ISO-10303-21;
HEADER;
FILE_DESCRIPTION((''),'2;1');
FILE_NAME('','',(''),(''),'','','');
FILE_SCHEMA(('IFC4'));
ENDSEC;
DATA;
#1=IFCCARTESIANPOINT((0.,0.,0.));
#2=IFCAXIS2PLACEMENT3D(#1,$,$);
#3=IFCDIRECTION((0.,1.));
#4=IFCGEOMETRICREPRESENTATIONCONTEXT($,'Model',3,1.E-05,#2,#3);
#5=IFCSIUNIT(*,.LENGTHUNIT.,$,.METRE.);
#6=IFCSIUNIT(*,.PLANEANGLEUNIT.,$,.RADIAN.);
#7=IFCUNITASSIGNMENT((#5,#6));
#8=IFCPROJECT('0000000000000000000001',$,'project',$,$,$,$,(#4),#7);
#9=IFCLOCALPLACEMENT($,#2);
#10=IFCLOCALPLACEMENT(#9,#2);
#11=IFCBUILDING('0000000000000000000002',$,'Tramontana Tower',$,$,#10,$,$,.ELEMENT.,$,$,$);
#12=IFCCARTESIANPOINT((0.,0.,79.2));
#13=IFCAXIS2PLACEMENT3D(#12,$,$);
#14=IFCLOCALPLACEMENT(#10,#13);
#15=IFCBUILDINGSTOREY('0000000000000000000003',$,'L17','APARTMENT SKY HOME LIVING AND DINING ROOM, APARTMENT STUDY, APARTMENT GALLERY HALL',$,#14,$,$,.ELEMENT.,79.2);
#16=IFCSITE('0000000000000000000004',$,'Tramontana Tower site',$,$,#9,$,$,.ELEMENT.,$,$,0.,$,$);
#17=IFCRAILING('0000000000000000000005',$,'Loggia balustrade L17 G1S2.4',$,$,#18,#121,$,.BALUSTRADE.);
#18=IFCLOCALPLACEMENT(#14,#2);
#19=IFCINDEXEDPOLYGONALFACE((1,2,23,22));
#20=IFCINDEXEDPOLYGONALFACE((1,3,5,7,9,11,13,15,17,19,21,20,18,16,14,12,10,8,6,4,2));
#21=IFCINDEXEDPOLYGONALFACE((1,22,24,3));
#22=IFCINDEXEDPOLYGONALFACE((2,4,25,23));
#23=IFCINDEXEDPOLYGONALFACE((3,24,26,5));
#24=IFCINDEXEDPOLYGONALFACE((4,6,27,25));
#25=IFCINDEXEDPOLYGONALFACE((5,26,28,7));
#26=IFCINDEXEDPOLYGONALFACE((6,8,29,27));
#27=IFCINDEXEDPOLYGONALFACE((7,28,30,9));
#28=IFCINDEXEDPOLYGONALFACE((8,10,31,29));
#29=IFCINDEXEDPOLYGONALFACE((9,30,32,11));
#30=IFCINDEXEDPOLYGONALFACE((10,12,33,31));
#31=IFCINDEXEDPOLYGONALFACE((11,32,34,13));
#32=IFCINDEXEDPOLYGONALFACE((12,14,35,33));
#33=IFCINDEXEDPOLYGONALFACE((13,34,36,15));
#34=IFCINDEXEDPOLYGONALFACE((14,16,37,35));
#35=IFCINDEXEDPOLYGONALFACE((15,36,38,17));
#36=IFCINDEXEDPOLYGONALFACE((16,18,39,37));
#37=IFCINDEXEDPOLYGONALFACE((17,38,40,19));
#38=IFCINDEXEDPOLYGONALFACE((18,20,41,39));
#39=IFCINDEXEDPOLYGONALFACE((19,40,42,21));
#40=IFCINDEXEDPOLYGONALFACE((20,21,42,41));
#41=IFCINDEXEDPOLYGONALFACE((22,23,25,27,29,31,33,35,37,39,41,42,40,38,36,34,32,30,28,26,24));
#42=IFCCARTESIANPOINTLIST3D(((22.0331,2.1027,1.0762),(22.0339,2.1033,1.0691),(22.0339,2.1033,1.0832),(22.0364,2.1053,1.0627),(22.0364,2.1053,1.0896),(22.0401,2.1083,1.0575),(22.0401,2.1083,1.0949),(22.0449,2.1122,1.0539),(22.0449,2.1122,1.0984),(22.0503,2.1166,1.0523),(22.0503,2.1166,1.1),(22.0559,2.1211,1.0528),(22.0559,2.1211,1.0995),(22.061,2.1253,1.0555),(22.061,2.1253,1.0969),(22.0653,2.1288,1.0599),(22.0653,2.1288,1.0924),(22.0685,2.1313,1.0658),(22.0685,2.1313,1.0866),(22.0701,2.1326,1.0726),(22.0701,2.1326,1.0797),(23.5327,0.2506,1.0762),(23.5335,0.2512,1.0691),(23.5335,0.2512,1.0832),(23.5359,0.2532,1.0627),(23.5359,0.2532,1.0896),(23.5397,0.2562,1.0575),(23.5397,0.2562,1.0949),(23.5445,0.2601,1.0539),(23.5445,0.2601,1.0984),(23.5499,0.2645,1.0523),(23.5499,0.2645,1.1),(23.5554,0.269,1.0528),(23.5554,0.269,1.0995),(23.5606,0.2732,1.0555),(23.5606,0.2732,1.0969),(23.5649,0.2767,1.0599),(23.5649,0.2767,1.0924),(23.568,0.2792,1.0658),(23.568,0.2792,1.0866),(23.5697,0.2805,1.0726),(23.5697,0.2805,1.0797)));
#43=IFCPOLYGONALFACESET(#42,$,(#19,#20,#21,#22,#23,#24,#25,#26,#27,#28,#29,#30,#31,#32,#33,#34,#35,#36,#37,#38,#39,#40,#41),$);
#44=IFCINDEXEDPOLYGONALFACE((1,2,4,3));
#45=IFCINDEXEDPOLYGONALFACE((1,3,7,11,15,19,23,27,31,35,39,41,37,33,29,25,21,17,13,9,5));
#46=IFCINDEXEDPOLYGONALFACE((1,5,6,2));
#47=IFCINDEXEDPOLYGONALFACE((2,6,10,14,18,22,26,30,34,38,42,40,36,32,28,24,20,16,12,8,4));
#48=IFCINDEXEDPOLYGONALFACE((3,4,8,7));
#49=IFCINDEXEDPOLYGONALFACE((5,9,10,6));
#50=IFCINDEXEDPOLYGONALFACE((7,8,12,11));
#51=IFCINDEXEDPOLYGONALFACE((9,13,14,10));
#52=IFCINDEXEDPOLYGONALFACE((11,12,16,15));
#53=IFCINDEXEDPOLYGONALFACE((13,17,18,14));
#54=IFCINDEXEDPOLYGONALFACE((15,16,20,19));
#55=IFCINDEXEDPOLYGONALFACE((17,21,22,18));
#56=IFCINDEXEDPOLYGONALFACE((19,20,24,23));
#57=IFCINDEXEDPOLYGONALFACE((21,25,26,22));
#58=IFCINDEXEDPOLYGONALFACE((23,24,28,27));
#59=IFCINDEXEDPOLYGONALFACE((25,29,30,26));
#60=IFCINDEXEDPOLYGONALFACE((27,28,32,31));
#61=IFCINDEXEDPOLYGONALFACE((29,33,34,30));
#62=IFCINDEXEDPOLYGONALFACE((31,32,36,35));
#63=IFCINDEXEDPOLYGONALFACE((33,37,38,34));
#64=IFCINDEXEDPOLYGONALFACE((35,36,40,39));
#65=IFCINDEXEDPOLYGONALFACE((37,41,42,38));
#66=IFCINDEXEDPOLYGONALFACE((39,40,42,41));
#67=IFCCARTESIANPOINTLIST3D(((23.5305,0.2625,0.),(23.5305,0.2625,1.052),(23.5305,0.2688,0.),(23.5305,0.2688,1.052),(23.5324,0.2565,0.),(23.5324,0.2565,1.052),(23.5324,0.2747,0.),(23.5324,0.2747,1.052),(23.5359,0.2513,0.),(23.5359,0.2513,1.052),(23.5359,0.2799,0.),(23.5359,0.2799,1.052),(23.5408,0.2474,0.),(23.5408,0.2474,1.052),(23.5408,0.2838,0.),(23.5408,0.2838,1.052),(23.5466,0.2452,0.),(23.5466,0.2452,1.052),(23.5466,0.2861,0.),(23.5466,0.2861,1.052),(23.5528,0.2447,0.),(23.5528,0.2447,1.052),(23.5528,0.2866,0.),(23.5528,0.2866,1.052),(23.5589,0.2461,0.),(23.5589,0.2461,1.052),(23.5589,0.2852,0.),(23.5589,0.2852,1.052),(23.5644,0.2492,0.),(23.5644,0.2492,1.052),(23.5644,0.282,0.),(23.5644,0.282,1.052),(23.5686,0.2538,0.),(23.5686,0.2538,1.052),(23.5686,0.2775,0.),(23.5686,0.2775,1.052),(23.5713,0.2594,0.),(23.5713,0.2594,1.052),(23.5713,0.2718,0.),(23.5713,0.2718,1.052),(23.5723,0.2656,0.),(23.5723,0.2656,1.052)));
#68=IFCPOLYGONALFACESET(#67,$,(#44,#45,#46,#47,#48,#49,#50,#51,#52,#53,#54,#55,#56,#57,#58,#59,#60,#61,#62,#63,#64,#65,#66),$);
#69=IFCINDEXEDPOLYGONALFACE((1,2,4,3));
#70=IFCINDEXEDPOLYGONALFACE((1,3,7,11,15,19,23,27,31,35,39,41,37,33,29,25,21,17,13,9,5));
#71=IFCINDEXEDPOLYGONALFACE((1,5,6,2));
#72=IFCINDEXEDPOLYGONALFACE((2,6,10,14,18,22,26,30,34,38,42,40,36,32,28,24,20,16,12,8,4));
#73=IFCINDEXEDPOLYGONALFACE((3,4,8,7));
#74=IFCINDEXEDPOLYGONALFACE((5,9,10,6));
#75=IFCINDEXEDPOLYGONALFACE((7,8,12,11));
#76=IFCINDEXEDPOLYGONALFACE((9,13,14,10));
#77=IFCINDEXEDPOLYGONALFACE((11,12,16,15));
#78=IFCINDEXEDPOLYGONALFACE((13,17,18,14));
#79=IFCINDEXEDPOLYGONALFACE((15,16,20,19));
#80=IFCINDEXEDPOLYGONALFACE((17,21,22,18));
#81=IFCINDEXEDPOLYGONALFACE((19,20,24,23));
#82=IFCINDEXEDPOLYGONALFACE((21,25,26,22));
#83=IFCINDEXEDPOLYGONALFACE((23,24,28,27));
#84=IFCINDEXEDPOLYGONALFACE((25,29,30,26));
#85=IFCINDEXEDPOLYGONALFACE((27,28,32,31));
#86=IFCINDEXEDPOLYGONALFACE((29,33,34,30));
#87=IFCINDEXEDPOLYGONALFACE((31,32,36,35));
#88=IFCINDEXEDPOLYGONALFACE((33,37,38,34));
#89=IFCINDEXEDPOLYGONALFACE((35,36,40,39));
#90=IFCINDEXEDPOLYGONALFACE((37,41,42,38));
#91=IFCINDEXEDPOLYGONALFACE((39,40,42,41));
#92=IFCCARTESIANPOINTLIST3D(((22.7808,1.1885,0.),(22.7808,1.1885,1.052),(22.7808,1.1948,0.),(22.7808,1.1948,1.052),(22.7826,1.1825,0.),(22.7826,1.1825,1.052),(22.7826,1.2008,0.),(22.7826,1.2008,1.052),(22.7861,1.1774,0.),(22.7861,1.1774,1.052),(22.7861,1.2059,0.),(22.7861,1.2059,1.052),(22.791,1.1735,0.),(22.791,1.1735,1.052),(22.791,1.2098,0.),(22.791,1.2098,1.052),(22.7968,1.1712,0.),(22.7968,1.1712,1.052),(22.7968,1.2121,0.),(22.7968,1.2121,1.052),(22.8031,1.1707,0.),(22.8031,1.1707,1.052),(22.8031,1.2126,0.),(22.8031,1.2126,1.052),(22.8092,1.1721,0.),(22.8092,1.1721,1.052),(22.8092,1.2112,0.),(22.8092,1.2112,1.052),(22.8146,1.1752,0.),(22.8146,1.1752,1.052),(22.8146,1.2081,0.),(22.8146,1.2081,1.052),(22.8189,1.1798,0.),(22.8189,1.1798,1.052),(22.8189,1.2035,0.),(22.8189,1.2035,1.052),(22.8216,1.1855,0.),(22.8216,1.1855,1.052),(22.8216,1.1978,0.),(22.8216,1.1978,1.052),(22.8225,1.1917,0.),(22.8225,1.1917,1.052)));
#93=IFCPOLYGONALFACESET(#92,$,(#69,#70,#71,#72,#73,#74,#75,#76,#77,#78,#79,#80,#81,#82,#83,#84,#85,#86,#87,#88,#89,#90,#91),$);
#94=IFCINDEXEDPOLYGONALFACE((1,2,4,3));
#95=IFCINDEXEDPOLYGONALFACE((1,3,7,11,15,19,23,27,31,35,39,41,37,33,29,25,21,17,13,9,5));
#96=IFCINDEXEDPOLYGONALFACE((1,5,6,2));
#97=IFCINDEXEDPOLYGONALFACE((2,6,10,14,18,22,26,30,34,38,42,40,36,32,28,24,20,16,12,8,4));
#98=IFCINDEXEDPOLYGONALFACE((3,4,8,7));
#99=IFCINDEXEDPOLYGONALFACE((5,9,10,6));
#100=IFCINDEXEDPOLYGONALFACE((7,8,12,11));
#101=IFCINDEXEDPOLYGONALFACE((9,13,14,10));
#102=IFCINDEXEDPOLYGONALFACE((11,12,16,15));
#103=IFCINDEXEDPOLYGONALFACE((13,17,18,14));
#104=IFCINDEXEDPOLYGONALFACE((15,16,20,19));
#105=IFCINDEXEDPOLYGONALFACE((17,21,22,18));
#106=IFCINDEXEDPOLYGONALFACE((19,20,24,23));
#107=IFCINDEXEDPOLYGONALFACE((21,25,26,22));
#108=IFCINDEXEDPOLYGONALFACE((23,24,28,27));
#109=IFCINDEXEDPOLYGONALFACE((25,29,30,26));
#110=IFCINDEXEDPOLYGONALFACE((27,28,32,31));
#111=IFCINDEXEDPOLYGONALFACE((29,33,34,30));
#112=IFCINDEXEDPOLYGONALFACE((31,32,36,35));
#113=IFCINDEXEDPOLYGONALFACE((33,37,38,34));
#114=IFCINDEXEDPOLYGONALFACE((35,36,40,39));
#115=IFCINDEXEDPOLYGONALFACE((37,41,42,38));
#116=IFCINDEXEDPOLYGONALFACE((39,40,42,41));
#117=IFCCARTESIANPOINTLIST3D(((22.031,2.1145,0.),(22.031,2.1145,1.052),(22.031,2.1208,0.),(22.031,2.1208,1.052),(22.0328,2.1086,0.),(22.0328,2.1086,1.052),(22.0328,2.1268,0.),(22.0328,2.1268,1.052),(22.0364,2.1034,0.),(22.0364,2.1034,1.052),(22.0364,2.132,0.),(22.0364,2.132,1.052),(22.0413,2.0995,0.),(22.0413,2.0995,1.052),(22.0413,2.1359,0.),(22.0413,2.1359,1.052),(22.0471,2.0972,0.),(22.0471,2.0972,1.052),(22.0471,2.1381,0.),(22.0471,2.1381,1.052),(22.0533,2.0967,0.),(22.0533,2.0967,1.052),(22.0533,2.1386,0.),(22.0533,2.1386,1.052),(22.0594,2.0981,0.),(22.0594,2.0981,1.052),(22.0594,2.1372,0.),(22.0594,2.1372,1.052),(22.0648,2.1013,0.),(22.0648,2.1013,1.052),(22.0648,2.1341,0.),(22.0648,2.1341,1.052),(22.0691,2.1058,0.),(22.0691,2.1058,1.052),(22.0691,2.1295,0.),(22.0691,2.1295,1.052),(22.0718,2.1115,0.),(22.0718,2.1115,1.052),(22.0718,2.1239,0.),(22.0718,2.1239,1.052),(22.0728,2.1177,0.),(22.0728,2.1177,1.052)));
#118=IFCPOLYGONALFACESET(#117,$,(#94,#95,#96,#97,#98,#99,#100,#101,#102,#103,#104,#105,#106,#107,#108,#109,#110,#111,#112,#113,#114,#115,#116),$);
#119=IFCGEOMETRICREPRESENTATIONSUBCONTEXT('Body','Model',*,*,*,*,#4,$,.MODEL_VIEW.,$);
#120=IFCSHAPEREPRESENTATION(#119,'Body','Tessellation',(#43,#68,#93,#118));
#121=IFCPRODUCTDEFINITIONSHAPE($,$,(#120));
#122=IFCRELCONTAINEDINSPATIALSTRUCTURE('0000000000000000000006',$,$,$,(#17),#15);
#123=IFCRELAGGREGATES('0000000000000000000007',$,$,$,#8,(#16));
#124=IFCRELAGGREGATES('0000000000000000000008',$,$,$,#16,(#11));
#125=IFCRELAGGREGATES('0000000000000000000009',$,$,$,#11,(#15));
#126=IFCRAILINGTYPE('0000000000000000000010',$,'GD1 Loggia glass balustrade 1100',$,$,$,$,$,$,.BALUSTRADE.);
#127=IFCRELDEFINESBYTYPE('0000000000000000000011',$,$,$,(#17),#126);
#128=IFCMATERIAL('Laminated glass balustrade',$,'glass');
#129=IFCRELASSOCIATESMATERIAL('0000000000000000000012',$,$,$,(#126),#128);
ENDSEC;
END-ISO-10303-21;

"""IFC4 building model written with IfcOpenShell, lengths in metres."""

from ifc_helpers import new_model, si_unit, direction, frame, origin, origin_2d, place, context, subcontext, project, spatial, circle, extrude, material, type_object, element, save


model = new_model("IFC4")

# Units and contexts
model_context = context("Model", 3, precision=1e-05, world=origin(), true_north=direction((0.0, 1.0)))
body_context = subcontext(model_context, "Body", "Model", "MODEL_VIEW")
ifc_project = project(units=[si_unit("LENGTHUNIT", "METRE"), si_unit("PLANEANGLEUNIT", "RADIAN")], contexts=[model_context])

# Site, building, storey
site_placement = place(None, origin())
site = spatial("IfcSite", under=ifc_project, at=site_placement, Name="Tramontana Tower site", CompositionType="ELEMENT", RefElevation=0.0)
building_placement = place(site_placement, origin())
building = spatial("IfcBuilding", under=site, at=building_placement, Name="Tramontana Tower", CompositionType="ELEMENT")
storey_placement = place(building_placement, frame((0.0, 0.0, 79.2)))
storey = spatial("IfcBuildingStorey", under=building, at=storey_placement, Name="L17", Description="APARTMENT SKY HOME LIVING AND DINING ROOM, APARTMENT STUDY, APARTMENT GALLERY HALL", CompositionType="ELEMENT", Elevation=79.2)

# Railing
ifc_material_1 = material(Name="Laminated glass balustrade", Category="glass")
railing_type = type_object("IfcRailingType", Name="GD1 Loggia glass balustrade 1100", PredefinedType="BALUSTRADE", material=ifc_material_1)
railing_placement = place(storey_placement, frame((23.5513, 0.2656, 0.0)))
element("IfcRailing", 1, at=railing_placement, inside=storey, type_object=railing_type, Name="Loggia balustrade L17 G1S2.4", PredefinedType="BALUSTRADE", context=body_context, shape_type="SweptSolid", body=[
    extrude(circle(Radius=0.0239, at=origin_2d()), frame((0.0, 0.0, 1.0762), z_axis=(-0.629257, 0.777197, 0.0), x_axis=(-0.777197, -0.629257, 0.0)), (0.0, 0.0, 1.0), 2.3831),
    extrude(circle(Radius=0.021, at=origin_2d()), origin(), (0.0, 0.0, 1.0), 1.052),
    extrude(circle(Radius=0.021, at=origin_2d()), frame((-0.7498, 0.926, 0.0)), (0.0, 0.0, 1.0), 1.052),
    extrude(circle(Radius=0.021, at=origin_2d()), frame((-1.4995, 1.8521, 0.0)), (0.0, 0.0, 1.0), 1.052),
])

save(model, "model.ifc")
